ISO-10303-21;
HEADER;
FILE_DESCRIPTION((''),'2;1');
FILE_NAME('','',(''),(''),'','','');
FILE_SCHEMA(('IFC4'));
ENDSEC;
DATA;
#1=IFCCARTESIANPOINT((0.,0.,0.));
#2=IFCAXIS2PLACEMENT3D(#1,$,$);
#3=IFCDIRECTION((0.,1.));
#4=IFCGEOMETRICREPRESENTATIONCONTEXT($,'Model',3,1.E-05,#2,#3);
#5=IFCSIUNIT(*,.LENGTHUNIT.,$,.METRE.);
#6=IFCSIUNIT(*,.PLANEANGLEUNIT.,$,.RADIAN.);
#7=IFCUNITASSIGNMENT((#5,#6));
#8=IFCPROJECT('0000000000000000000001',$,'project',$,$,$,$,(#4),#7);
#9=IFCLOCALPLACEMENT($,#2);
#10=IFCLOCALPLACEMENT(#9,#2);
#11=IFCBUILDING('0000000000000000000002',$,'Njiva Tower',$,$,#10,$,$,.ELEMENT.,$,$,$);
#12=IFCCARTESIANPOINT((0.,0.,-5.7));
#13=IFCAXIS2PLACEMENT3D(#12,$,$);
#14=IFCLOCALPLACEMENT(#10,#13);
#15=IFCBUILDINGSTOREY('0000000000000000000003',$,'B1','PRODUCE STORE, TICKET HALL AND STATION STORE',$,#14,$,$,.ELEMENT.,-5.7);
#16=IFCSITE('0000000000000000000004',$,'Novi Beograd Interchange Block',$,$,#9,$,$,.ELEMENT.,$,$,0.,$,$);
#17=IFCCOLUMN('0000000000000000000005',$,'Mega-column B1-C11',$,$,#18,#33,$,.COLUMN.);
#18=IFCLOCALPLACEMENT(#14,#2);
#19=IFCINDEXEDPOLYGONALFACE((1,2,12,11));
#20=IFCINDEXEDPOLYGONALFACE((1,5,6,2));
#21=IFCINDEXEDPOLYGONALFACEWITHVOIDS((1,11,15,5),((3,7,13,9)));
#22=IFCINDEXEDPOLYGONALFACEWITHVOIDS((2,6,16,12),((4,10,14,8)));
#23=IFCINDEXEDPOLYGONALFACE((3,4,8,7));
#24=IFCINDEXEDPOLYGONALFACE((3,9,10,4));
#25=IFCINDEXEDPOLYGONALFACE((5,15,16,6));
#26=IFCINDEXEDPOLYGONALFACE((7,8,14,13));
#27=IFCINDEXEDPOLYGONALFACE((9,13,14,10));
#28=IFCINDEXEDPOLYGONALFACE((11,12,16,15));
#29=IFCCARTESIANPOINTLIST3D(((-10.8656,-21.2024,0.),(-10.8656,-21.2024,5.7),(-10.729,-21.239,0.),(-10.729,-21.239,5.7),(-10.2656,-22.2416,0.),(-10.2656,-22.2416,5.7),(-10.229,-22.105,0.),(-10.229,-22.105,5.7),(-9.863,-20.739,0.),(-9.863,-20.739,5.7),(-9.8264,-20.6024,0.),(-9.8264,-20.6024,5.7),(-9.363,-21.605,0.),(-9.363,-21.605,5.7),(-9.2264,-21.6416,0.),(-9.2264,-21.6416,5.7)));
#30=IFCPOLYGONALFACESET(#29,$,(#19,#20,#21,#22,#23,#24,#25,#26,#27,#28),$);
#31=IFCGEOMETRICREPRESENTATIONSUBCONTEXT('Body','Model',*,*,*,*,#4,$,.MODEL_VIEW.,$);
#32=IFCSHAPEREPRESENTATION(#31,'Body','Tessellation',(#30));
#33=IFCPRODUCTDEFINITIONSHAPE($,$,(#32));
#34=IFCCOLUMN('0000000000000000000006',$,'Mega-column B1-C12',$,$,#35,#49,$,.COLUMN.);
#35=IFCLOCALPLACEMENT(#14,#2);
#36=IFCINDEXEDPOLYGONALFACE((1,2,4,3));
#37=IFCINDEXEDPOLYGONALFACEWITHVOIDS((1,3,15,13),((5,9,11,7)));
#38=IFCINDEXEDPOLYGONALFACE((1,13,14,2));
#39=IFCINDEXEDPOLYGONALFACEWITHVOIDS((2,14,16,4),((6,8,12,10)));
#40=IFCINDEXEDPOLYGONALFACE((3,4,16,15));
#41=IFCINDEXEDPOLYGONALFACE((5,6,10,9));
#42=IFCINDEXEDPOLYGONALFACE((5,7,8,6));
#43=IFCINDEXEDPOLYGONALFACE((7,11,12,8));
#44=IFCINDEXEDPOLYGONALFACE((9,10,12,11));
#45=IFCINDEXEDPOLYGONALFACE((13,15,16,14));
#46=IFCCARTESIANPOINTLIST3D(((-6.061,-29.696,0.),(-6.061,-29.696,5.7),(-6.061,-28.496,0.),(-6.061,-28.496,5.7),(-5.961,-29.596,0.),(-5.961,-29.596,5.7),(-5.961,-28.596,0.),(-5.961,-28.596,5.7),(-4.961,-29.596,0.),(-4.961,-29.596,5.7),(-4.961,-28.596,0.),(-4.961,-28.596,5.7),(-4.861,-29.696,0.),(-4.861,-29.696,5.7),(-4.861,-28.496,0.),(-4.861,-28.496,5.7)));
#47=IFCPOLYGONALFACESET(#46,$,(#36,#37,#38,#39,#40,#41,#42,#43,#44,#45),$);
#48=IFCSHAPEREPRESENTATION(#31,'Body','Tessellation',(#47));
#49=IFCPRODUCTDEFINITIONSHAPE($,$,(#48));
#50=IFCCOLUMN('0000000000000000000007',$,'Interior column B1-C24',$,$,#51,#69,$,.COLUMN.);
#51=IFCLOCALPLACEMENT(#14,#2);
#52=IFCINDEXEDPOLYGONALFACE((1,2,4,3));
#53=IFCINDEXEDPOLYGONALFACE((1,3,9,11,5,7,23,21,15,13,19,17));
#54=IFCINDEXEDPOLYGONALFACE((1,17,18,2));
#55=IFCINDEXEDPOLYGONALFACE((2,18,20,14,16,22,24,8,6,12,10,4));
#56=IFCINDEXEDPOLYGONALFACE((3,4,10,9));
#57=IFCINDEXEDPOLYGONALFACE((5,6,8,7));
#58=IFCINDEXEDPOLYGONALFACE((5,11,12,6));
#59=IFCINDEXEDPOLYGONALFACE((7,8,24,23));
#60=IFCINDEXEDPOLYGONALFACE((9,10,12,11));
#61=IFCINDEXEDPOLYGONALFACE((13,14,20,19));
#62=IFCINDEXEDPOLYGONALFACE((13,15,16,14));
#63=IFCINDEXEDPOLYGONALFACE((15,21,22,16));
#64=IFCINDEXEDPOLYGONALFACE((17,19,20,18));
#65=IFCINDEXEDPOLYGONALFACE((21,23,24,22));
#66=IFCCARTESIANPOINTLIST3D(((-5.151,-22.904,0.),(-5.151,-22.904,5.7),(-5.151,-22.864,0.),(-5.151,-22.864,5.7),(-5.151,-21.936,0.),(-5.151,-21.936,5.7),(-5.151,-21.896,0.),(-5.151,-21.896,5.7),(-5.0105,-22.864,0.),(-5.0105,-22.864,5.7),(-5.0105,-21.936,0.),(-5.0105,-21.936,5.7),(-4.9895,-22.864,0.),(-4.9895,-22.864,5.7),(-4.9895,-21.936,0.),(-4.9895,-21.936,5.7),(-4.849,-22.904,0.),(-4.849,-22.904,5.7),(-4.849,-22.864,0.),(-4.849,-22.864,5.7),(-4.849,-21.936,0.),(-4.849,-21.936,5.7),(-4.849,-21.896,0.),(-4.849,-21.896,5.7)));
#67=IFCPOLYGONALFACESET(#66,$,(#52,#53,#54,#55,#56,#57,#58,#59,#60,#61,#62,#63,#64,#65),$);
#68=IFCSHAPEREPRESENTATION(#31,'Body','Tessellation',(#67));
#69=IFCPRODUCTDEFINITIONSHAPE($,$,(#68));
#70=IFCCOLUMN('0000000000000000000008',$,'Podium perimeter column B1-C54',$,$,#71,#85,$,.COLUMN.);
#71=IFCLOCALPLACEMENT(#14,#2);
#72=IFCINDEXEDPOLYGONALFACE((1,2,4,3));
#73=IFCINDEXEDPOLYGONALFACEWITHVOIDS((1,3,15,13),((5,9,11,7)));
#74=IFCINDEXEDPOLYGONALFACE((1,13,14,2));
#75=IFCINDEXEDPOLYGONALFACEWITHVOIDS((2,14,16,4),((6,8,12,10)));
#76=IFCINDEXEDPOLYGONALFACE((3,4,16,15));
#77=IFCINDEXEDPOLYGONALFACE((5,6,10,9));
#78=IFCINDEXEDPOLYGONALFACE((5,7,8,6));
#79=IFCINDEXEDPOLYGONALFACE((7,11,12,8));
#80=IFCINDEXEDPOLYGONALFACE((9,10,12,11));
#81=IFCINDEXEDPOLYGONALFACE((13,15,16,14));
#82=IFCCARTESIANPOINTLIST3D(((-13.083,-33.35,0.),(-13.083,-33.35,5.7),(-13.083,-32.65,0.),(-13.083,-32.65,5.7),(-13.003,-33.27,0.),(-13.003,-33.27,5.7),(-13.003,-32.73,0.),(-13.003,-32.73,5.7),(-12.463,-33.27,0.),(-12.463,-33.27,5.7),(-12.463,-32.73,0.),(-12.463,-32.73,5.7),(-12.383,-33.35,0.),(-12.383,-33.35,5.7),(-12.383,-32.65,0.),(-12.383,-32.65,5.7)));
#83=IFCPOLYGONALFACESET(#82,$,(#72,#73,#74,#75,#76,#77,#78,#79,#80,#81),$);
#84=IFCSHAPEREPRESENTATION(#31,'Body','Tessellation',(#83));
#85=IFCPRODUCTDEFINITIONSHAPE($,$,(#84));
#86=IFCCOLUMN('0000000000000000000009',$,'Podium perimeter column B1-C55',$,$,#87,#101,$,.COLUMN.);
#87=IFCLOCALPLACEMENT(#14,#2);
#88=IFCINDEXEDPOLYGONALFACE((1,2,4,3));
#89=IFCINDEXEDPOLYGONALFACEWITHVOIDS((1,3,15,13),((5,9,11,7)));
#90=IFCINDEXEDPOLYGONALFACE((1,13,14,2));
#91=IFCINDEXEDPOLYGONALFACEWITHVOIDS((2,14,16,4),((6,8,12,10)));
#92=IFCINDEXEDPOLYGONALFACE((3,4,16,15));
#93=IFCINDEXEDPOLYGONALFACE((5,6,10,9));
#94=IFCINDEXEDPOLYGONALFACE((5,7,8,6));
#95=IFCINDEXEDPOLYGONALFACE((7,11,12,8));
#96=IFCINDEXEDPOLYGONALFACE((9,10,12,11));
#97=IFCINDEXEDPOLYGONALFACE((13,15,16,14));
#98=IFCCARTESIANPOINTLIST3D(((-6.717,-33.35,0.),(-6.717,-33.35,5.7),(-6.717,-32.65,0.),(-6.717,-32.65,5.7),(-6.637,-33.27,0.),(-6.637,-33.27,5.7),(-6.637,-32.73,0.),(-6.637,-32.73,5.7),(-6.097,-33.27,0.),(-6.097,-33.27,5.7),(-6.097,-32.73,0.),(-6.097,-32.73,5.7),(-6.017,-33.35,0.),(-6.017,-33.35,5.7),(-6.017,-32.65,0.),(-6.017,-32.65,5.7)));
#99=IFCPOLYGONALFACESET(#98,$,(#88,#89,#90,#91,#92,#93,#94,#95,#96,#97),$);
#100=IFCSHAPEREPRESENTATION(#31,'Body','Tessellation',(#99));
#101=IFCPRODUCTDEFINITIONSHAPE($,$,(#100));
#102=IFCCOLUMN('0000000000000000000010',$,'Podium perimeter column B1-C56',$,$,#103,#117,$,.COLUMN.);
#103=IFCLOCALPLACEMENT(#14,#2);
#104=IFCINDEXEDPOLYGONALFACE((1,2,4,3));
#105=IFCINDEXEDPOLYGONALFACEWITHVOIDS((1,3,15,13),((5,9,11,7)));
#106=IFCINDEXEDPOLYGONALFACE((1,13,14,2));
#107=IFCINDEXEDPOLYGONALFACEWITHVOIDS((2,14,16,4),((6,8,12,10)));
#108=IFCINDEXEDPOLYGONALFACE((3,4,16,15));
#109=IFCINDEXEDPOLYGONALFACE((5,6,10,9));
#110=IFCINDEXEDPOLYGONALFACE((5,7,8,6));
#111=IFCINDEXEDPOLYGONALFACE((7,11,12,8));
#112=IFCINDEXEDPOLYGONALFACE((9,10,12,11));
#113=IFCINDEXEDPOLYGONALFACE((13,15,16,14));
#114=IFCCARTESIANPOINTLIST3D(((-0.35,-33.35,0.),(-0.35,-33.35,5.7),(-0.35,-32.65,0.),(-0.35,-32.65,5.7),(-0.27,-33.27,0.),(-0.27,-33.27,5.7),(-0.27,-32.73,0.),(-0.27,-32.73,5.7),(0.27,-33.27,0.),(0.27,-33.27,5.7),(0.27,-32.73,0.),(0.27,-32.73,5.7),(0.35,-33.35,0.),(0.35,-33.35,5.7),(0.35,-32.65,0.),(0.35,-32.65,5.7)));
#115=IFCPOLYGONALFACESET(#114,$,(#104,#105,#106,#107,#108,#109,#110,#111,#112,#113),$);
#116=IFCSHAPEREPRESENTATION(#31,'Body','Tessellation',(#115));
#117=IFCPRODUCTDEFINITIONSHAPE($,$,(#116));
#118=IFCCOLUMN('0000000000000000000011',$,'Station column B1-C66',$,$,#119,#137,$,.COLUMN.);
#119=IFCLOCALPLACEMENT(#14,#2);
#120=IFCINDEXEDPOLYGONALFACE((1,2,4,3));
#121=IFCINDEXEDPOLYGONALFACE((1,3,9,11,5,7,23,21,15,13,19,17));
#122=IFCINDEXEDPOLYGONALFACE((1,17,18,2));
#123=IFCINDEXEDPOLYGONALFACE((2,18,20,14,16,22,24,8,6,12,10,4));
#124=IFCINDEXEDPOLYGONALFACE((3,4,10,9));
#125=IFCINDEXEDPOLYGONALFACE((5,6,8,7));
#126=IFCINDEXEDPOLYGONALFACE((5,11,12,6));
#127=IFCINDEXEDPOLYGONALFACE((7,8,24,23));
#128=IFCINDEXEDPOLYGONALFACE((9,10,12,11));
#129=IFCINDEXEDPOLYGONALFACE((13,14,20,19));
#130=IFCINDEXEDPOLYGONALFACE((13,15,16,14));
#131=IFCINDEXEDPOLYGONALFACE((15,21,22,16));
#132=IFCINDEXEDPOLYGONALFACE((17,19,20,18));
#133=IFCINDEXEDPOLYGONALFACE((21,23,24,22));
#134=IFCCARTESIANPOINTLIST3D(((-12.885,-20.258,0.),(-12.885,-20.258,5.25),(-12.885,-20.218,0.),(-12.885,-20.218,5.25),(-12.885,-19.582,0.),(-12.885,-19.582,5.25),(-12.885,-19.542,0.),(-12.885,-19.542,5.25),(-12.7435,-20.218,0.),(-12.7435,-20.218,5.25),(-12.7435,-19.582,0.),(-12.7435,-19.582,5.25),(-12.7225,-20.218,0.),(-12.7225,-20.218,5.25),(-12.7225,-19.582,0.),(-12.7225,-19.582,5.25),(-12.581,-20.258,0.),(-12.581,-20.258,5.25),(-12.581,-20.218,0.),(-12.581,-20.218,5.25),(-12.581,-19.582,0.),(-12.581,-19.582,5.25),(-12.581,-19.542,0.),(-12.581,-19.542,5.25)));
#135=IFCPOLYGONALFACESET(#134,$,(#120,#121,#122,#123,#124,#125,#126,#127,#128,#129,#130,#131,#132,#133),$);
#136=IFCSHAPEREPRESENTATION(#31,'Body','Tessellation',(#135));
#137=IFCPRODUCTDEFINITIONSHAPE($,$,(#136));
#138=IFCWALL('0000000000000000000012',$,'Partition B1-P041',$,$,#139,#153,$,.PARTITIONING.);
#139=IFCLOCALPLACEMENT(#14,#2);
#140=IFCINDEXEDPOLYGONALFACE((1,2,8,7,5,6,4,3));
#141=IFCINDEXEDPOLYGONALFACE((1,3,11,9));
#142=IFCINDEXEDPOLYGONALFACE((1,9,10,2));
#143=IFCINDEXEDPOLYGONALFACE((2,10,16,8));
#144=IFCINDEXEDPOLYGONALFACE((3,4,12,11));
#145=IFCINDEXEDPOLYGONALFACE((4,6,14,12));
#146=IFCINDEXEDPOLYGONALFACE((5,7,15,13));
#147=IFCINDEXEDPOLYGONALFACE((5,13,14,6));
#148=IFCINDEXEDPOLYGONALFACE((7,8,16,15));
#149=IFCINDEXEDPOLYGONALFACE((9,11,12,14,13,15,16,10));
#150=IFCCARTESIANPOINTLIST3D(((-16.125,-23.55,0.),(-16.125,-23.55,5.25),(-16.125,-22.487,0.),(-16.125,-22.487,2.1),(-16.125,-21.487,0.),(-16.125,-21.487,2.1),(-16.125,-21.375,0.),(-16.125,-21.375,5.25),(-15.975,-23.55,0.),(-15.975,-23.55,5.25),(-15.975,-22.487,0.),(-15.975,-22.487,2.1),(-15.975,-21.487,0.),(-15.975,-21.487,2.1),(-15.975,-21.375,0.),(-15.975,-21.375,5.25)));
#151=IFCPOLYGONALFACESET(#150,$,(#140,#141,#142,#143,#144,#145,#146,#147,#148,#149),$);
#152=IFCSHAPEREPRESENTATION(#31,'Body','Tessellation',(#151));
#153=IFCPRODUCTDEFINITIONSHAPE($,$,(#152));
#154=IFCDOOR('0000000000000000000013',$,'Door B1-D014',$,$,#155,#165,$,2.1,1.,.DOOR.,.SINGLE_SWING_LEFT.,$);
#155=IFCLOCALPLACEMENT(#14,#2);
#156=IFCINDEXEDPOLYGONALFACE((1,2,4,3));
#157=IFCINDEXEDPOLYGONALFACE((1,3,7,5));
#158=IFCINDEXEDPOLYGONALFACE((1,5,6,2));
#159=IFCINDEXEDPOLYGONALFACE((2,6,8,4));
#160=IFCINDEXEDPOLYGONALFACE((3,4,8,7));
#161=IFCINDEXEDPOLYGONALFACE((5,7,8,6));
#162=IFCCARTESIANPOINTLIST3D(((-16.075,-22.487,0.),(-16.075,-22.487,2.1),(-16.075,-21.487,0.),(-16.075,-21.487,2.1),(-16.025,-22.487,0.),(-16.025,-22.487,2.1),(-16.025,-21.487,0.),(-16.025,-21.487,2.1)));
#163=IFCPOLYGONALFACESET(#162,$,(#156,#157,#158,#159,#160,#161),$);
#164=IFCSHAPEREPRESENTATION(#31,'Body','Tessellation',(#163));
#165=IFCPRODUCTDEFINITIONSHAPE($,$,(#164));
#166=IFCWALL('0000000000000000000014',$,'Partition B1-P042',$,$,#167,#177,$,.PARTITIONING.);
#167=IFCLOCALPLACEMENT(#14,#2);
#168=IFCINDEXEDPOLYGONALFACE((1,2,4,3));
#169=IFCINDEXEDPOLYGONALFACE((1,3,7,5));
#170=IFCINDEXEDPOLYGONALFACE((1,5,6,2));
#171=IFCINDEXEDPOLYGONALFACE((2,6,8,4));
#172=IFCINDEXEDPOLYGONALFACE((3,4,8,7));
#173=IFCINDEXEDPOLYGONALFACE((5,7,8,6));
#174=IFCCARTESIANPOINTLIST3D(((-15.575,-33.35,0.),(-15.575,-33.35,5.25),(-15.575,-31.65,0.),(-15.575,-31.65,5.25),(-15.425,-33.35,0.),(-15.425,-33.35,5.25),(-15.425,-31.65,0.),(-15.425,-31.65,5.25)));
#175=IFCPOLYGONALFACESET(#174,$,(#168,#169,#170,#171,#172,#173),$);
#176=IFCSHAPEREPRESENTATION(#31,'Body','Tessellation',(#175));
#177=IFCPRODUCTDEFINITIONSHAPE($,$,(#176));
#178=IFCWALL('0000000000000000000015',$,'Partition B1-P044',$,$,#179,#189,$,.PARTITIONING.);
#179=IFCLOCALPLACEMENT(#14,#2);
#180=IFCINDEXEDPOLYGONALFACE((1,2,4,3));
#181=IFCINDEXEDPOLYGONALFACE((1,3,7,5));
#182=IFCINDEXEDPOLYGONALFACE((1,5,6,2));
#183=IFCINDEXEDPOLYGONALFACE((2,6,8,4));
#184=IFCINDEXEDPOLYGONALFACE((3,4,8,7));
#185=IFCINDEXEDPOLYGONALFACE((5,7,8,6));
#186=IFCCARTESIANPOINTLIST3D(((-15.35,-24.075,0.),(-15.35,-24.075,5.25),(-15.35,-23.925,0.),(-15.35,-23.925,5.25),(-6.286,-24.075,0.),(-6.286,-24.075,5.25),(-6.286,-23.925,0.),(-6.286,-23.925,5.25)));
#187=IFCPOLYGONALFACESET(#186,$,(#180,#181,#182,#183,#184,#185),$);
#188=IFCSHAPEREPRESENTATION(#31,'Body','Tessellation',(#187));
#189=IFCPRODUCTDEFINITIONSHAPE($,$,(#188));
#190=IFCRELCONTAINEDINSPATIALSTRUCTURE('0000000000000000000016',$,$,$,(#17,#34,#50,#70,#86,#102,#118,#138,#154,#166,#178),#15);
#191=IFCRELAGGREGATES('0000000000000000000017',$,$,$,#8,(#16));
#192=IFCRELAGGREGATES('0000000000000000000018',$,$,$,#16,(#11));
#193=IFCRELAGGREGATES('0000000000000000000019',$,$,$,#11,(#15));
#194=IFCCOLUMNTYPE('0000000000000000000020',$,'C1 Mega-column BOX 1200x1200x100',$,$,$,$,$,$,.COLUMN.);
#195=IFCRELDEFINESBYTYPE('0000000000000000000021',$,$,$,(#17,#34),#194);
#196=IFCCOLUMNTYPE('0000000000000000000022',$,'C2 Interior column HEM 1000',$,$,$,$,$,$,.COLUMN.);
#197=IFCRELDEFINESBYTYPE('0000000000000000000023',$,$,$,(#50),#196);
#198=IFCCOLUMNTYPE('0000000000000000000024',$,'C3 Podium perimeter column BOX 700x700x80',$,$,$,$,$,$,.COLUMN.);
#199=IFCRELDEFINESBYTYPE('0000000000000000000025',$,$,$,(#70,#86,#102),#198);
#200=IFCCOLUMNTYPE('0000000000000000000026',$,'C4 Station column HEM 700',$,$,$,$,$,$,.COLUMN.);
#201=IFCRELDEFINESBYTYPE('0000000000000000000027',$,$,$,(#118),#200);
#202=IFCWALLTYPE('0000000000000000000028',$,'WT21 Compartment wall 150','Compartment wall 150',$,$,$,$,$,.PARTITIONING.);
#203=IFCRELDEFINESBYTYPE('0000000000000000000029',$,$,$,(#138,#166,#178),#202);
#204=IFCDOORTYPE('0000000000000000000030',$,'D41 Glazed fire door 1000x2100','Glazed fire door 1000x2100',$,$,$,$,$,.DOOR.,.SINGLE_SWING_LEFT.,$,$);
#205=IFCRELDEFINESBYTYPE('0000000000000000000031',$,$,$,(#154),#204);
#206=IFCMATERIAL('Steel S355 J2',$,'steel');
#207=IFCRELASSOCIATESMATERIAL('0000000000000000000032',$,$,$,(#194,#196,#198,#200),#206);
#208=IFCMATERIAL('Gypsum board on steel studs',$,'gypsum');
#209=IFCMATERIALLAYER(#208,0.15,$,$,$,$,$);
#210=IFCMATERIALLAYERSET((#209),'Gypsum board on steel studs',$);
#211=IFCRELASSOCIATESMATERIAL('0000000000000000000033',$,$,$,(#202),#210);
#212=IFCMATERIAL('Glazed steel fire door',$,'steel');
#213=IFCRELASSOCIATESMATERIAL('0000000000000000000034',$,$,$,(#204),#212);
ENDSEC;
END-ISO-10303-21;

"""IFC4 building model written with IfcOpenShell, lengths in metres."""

from ifc_helpers import new_model, si_unit, direction, frame, frame_2d, origin, origin_2d, place, context, subcontext, project, spatial, rectangle, hollow_rectangle, i_section, extrude, material, layer, layer_set, material_profile, profile_set, type_object, element, fill, save


model = new_model("IFC4")

# Units and contexts
model_context = context("Model", 3, precision=1e-05, world=origin(), true_north=direction((0.0, 1.0)))
body_context = subcontext(model_context, "Body", "Model", "MODEL_VIEW")
ifc_project = project(units=[si_unit("LENGTHUNIT", "METRE"), si_unit("PLANEANGLEUNIT", "RADIAN")], contexts=[model_context])

# Site, building, storey
site_placement = place(None, origin())
site = spatial("IfcSite", under=ifc_project, at=site_placement, Name="Novi Beograd Interchange Block", CompositionType="ELEMENT", RefElevation=0.0)
building_placement = place(site_placement, origin())
building = spatial("IfcBuilding", under=site, at=building_placement, Name="Njiva Tower", CompositionType="ELEMENT")
storey_placement = place(building_placement, frame((0.0, 0.0, -5.7)))
storey = spatial("IfcBuildingStorey", under=building, at=storey_placement, Name="B1", Description="PRODUCE STORE, TICKET HALL AND STATION STORE", CompositionType="ELEMENT", Elevation=-5.7)

# Columns
ifc_material_1 = material(Name="Steel S355 J2", Category="steel")
ifc_material_profile_1 = material_profile(ifc_material_1, hollow_rectangle(XDim=1.2, YDim=1.2, WallThickness=0.1, at=origin_2d()), Name="BOX 1200x1200x100")
ifc_profile_set_1 = profile_set([ifc_material_profile_1], Name="Steel S355 J2")
column_type_1 = type_object("IfcColumnType", Name="C1 Mega-column BOX 1200x1200x100", PredefinedType="COLUMN", material=ifc_profile_set_1)
for number, where, z_axis, x_axis, name in (
    (1, (-10.046, -21.422, 0.0), (0.0, 0.0, 1.0), (0.5, -0.866025, 0.0), "Mega-column B1-C11"),
    (2, (-5.461, -29.096, 0.0), (0.0, 0.0, 1.0), (1.0, 0.0, 0.0), "Mega-column B1-C12"),
):
    element("IfcColumn", number, at=place(storey_placement, frame(where, z_axis=z_axis, x_axis=x_axis)), inside=storey, type_object=column_type_1, Name=name, PredefinedType="COLUMN", context=body_context, shape_type="SweptSolid", body=[
        extrude(hollow_rectangle(XDim=1.2, YDim=1.2, WallThickness=0.1, at=origin_2d()), origin(), (0.0, 0.0, 1.0), 5.7),
    ])
ifc_material_profile_2 = material_profile(ifc_material_1, i_section(OverallWidth=0.302, OverallDepth=1.008, WebThickness=0.021, FlangeThickness=0.04, at=origin_2d()), Name="HEM 1000")
ifc_profile_set_2 = profile_set([ifc_material_profile_2], Name="Steel S355 J2")
column_type_2 = type_object("IfcColumnType", Name="C2 Interior column HEM 1000", PredefinedType="COLUMN", material=ifc_profile_set_2)
column_1_placement = place(storey_placement, frame((-5.0, -22.4, 0.0), z_axis=(0.0, 0.0, 1.0), x_axis=(1.0, 0.0, 0.0)))
element("IfcColumn", 3, at=column_1_placement, inside=storey, type_object=column_type_2, Name="Interior column B1-C24", PredefinedType="COLUMN", context=body_context, shape_type="SweptSolid", body=[
    extrude(i_section(OverallWidth=0.302, OverallDepth=1.008, WebThickness=0.021, FlangeThickness=0.04, at=origin_2d()), origin(), (0.0, 0.0, 1.0), 5.7),
])
ifc_material_profile_3 = material_profile(ifc_material_1, hollow_rectangle(XDim=0.7, YDim=0.7, WallThickness=0.08, at=origin_2d()), Name="BOX 700x700x80")
ifc_profile_set_3 = profile_set([ifc_material_profile_3], Name="Steel S355 J2")
column_type_3 = type_object("IfcColumnType", Name="C3 Podium perimeter column BOX 700x700x80", PredefinedType="COLUMN", material=ifc_profile_set_3)
for number, where, z_axis, x_axis, name in (
    (4, (-12.733, -33.0, 0.0), (0.0, 0.0, 1.0), (1.0, 0.0, 0.0), "Podium perimeter column B1-C54"),
    (5, (-6.367, -33.0, 0.0), (0.0, 0.0, 1.0), (1.0, 0.0, 0.0), "Podium perimeter column B1-C55"),
    (6, (0.0, -33.0, 0.0), (0.0, 0.0, 1.0), (1.0, 0.0, 0.0), "Podium perimeter column B1-C56"),
):
    element("IfcColumn", number, at=place(storey_placement, frame(where, z_axis=z_axis, x_axis=x_axis)), inside=storey, type_object=column_type_3, Name=name, PredefinedType="COLUMN", context=body_context, shape_type="SweptSolid", body=[
        extrude(hollow_rectangle(XDim=0.7, YDim=0.7, WallThickness=0.08, at=origin_2d()), origin(), (0.0, 0.0, 1.0), 5.7),
    ])
ifc_material_profile_4 = material_profile(ifc_material_1, i_section(OverallWidth=0.304, OverallDepth=0.716, WebThickness=0.021, FlangeThickness=0.04, at=origin_2d()), Name="HEM 700")
ifc_profile_set_4 = profile_set([ifc_material_profile_4], Name="Steel S355 J2")
column_type_4 = type_object("IfcColumnType", Name="C4 Station column HEM 700", PredefinedType="COLUMN", material=ifc_profile_set_4)
column_2_placement = place(storey_placement, frame((-12.733, -19.9, 0.0), z_axis=(0.0, 0.0, 1.0), x_axis=(1.0, 0.0, 0.0)))
element("IfcColumn", 7, at=column_2_placement, inside=storey, type_object=column_type_4, Name="Station column B1-C66", PredefinedType="COLUMN", context=body_context, shape_type="SweptSolid", body=[
    extrude(i_section(OverallWidth=0.304, OverallDepth=0.716, WebThickness=0.021, FlangeThickness=0.04, at=origin_2d()), origin(), (0.0, 0.0, 1.0), 5.25),
])

# Wall, opening, door
ifc_material_2 = material(Name="Gypsum board on steel studs", Category="gypsum")
ifc_layer_1 = layer(ifc_material_2, 0.15)
ifc_layer_set_1 = layer_set([ifc_layer_1], Name="Gypsum board on steel studs")
wall_type_1 = type_object("IfcWallType", Name="WT21 Compartment wall 150", Description="Compartment wall 150", PredefinedType="PARTITIONING", material=ifc_layer_set_1)
wall_1_placement = place(storey_placement, frame((-16.05, -23.55, 0.0), z_axis=(0.0, 0.0, 1.0), x_axis=(0.0, 1.0, 0.0)))
wall_1 = element("IfcWall", 8, at=wall_1_placement, inside=storey, type_object=wall_type_1, Name="Partition B1-P041", PredefinedType="PARTITIONING", context=body_context, shape_type="SweptSolid", body=[
    extrude(rectangle(XDim=2.175, YDim=0.15, at=frame_2d((1.0875, 0.0))), origin(), (0.0, 0.0, 1.0), 5.25),
])
opening_placement = place(wall_1_placement, frame((1.063, 0.0, 0.0)))
opening = element("IfcOpeningElement", 9, at=opening_placement, cuts=wall_1, PredefinedType="OPENING", context=body_context, shape_type="SweptSolid", body=[
    extrude(rectangle(XDim=1.0, YDim=2.1, at=frame_2d((0.5, 1.05))), frame((0.0, 0.085, 0.0), z_axis=(0.0, -1.0, 0.0), x_axis=(1.0, 0.0, 0.0)), (0.0, 0.0, 1.0), 0.17),
])
ifc_material_3 = material(Name="Glazed steel fire door", Category="steel")
door_type = type_object("IfcDoorType", Name="D41 Glazed fire door 1000x2100", Description="Glazed fire door 1000x2100", OperationType="SINGLE_SWING_LEFT", PredefinedType="DOOR", material=ifc_material_3)
door_placement = place(opening_placement, origin())
door = element("IfcDoor", 10, at=door_placement, inside=storey, type_object=door_type, Name="Door B1-D014", OperationType="SINGLE_SWING_LEFT", OverallHeight=2.1, OverallWidth=1.0, PredefinedType="DOOR", context=body_context, shape_type="SweptSolid", body=[
    extrude(rectangle(XDim=1.0, YDim=2.1, at=frame_2d((0.5, 1.05))), frame((0.0, 0.025, 0.0), z_axis=(0.0, -1.0, 0.0), x_axis=(1.0, 0.0, 0.0)), (0.0, 0.0, 1.0), 0.05),
])
fill(opening, door)

# Walls
wall_2_placement = place(storey_placement, frame((-15.5, -33.35, 0.0), z_axis=(0.0, 0.0, 1.0), x_axis=(0.0, 1.0, 0.0)))
element("IfcWall", 11, at=wall_2_placement, inside=storey, type_object=wall_type_1, Name="Partition B1-P042", PredefinedType="PARTITIONING", context=body_context, shape_type="SweptSolid", body=[
    extrude(rectangle(XDim=1.7, YDim=0.15, at=frame_2d((0.85, 0.0))), origin(), (0.0, 0.0, 1.0), 5.25),
])
wall_3_placement = place(storey_placement, frame((-15.35, -24.0, 0.0), z_axis=(0.0, 0.0, 1.0), x_axis=(1.0, 0.0, 0.0)))
element("IfcWall", 12, at=wall_3_placement, inside=storey, type_object=wall_type_1, Name="Partition B1-P044", PredefinedType="PARTITIONING", context=body_context, shape_type="SweptSolid", body=[
    extrude(rectangle(XDim=9.064, YDim=0.15, at=frame_2d((4.532, 0.0))), origin(), (0.0, 0.0, 1.0), 5.25),
])

save(model, "model.ifc")
